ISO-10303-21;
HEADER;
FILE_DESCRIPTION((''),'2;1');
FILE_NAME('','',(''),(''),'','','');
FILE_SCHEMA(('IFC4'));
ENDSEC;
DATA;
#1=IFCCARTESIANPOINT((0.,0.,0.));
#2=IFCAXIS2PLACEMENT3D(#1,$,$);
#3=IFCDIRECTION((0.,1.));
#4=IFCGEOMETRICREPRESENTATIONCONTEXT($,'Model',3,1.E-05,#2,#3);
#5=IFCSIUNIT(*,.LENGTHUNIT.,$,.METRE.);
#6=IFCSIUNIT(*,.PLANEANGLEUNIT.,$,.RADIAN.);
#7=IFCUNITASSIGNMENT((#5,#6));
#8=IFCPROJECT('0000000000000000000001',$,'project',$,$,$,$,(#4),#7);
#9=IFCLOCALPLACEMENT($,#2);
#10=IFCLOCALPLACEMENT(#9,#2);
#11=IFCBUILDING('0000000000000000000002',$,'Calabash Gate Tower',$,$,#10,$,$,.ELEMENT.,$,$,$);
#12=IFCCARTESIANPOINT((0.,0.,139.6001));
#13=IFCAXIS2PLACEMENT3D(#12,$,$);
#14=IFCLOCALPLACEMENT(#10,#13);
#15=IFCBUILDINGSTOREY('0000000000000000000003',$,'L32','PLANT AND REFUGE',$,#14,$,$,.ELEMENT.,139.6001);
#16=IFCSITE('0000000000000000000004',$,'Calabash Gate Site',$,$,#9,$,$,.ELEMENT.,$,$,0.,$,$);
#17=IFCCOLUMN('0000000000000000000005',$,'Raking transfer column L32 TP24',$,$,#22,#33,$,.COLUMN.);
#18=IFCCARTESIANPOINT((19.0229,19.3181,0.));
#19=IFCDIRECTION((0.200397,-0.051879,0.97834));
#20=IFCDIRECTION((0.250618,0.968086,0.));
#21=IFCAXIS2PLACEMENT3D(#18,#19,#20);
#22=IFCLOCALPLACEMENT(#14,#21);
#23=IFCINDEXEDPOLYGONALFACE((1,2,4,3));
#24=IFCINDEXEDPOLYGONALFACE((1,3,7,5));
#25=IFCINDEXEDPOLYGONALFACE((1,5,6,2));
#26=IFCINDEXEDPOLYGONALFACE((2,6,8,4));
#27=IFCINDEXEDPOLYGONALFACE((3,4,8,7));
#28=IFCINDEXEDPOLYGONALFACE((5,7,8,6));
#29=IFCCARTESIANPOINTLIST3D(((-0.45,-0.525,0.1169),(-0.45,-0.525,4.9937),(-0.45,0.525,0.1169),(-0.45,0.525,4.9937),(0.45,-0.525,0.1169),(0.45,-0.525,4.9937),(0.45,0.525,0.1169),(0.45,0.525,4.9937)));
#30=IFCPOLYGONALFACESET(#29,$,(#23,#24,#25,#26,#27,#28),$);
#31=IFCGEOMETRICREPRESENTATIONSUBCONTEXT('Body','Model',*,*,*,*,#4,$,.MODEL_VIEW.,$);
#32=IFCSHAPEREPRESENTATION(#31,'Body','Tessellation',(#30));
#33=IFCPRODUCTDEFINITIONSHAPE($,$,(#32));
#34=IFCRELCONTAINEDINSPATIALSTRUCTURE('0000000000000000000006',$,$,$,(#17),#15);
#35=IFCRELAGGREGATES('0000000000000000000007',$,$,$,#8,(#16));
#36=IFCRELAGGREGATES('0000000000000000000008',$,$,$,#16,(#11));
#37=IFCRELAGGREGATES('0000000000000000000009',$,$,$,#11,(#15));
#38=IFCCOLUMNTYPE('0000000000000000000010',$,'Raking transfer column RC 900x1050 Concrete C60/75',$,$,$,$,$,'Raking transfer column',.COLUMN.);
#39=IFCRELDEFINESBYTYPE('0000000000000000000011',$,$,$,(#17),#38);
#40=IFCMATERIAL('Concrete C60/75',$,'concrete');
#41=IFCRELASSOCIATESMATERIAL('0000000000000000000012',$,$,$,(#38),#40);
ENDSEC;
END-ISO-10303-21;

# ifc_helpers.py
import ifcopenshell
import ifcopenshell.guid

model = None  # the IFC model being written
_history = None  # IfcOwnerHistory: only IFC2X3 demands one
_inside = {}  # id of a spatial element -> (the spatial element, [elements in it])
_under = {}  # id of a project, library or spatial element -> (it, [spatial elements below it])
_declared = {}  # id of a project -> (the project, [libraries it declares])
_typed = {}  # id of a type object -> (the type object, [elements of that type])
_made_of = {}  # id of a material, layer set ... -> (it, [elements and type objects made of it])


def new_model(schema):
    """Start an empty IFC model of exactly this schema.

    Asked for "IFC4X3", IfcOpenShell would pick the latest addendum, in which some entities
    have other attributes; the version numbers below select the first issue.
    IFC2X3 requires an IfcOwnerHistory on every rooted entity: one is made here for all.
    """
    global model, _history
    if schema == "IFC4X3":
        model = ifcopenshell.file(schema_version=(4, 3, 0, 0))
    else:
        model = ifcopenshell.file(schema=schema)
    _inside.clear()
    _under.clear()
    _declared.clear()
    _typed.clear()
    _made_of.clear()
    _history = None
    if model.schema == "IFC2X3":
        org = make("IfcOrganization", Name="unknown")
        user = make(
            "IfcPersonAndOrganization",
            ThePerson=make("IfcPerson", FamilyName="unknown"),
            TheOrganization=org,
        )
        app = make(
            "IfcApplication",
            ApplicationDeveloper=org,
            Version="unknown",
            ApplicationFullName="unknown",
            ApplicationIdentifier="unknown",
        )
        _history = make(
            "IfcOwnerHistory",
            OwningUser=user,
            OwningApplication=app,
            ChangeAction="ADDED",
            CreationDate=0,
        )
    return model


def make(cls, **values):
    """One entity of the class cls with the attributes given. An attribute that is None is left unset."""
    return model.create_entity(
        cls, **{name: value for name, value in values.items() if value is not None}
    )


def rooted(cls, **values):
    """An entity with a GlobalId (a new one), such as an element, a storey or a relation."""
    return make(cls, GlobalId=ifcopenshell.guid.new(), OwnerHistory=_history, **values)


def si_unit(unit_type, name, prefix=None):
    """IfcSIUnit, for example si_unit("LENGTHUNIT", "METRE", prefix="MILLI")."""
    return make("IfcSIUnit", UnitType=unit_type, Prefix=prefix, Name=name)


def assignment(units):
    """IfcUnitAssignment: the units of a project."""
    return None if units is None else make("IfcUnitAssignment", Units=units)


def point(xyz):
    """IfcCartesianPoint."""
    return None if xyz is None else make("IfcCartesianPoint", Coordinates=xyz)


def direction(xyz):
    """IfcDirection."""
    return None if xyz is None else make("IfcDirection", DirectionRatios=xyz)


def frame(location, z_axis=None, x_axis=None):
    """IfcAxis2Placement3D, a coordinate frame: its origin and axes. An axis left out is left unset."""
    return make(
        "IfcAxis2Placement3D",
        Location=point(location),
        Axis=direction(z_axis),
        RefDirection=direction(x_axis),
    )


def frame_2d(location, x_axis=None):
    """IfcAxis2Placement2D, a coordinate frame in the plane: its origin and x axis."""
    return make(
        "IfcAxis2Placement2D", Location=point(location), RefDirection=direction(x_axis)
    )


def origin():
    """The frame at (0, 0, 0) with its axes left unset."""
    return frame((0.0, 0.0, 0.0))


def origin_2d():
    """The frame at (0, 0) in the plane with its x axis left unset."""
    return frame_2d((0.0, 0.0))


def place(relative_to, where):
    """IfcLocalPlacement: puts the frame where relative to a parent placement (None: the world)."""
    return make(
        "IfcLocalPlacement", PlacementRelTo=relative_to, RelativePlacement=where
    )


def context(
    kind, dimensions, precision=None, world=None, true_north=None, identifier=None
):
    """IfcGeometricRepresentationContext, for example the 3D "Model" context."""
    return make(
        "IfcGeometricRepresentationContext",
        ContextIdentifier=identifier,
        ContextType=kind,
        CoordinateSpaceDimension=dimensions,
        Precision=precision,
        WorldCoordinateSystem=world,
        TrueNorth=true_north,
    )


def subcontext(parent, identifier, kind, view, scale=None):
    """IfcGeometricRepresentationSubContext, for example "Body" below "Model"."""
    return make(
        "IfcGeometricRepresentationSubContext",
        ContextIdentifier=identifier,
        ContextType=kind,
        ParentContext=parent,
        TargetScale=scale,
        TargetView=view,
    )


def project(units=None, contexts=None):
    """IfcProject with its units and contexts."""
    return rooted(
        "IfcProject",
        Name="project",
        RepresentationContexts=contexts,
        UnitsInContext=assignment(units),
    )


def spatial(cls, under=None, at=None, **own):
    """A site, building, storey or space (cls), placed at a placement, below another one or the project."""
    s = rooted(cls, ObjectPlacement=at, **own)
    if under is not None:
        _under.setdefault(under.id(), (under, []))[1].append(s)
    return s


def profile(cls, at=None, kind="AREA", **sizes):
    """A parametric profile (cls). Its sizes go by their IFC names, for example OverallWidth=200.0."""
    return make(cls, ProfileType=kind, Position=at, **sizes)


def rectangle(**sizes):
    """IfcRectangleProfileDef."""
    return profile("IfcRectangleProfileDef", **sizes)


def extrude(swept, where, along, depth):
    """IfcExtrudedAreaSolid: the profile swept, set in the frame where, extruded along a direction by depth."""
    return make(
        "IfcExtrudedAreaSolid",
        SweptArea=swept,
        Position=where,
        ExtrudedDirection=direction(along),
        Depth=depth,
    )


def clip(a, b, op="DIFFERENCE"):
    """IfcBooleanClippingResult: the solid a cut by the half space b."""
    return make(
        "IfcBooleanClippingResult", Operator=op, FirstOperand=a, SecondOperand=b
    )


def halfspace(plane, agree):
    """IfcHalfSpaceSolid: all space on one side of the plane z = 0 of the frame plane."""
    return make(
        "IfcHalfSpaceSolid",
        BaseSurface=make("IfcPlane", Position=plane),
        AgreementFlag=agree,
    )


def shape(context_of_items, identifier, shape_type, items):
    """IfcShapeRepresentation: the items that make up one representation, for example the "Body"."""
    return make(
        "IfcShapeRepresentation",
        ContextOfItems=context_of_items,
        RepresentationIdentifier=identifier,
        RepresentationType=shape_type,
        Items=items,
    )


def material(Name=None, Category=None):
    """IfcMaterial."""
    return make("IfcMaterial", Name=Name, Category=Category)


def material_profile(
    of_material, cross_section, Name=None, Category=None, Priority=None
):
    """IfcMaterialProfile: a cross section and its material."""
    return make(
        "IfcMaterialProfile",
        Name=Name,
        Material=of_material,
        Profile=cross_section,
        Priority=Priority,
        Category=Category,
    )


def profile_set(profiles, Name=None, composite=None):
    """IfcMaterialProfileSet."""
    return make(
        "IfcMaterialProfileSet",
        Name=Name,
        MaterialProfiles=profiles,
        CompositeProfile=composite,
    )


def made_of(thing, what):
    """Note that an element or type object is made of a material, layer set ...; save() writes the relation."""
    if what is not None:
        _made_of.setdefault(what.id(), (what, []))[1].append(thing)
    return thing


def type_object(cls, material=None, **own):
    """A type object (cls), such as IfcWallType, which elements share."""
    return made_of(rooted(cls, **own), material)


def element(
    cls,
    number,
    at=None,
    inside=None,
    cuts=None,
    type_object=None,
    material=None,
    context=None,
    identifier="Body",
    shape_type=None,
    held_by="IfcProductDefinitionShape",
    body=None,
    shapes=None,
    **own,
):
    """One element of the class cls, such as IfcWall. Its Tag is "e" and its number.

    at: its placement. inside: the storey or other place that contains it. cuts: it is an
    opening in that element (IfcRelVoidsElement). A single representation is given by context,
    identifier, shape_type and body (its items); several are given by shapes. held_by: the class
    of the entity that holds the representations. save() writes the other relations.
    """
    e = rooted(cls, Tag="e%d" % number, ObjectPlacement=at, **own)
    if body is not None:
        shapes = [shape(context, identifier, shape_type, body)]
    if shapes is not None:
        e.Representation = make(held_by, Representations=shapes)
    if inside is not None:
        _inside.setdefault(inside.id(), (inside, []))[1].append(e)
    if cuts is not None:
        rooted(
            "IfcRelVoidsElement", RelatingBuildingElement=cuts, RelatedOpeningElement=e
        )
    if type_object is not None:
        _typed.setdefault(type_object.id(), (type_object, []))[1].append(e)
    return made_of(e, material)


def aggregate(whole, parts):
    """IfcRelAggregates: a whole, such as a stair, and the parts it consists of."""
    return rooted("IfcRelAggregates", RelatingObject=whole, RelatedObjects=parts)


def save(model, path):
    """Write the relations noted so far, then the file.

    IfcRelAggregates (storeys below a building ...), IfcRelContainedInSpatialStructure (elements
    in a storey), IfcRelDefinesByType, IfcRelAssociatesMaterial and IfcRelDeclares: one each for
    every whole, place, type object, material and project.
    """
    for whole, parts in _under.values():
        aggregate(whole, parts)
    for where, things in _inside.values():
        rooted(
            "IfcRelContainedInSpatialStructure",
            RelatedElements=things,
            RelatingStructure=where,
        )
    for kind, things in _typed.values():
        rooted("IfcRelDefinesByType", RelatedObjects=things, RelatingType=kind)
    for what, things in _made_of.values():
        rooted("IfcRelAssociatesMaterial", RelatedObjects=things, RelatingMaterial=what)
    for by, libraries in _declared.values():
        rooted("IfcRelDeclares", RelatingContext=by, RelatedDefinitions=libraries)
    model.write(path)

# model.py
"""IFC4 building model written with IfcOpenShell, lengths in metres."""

from ifc_helpers import new_model, si_unit, direction, frame, origin, origin_2d, place, context, subcontext, project, spatial, rectangle, extrude, clip, halfspace, material, material_profile, profile_set, type_object, element, save


model = new_model("IFC4")

# Units and contexts
model_context = context("Model", 3, precision=1e-05, world=origin(), true_north=direction((0.0, 1.0)))
body_context = subcontext(model_context, "Body", "Model", "MODEL_VIEW")
ifc_project = project(units=[si_unit("LENGTHUNIT", "METRE"), si_unit("PLANEANGLEUNIT", "RADIAN")], contexts=[model_context])

# Site, building, storey
site_placement = place(None, origin())
site = spatial("IfcSite", under=ifc_project, at=site_placement, Name="Calabash Gate Site", CompositionType="ELEMENT", RefElevation=0.0)
building_placement = place(site_placement, origin())
building = spatial("IfcBuilding", under=site, at=building_placement, Name="Calabash Gate Tower", CompositionType="ELEMENT")
storey_placement = place(building_placement, frame((0.0, 0.0, 139.6001)))
storey = spatial("IfcBuildingStorey", under=building, at=storey_placement, Name="L32", Description="PLANT AND REFUGE", CompositionType="ELEMENT", Elevation=139.6001)

# Column
ifc_material_1 = material(Name="Concrete C60/75", Category="concrete")
ifc_material_profile_1 = material_profile(ifc_material_1, rectangle(XDim=0.8999, YDim=1.05, at=origin_2d()))
ifc_profile_set_1 = profile_set([ifc_material_profile_1], Name="Concrete C60/75")
column_type = type_object("IfcColumnType", Name="Raking transfer column RC 900x1050 Concrete C60/75", ElementType="Raking transfer column", PredefinedType="COLUMN", material=ifc_profile_set_1)
column_placement = place(storey_placement, frame((19.0229, 19.3181, 0.0), z_axis=(0.200397, -0.051879, 0.97834), x_axis=(0.250618, 0.968086, 0.0)))
element("IfcColumn", 1, at=column_placement, inside=storey, type_object=column_type, Name="Raking transfer column L32 TP24", PredefinedType="COLUMN", context=body_context, shape_type="Clipping", body=[
    clip(clip(extrude(rectangle(XDim=0.8999, YDim=1.05, at=origin_2d()), origin(), (0.0, 0.0, 1.0), 5.1106), halfspace(frame((0.0, 0.0, 0.1169), z_axis=(0.0, 0.0, 1.0), x_axis=(1.0, 0.0, 0.0)), True)), halfspace(frame((0.0, 0.0, 4.9937), z_axis=(0.0, 0.0, 1.0), x_axis=(1.0, 0.0, 0.0)), False)),
])

save(model, "model.ifc")
